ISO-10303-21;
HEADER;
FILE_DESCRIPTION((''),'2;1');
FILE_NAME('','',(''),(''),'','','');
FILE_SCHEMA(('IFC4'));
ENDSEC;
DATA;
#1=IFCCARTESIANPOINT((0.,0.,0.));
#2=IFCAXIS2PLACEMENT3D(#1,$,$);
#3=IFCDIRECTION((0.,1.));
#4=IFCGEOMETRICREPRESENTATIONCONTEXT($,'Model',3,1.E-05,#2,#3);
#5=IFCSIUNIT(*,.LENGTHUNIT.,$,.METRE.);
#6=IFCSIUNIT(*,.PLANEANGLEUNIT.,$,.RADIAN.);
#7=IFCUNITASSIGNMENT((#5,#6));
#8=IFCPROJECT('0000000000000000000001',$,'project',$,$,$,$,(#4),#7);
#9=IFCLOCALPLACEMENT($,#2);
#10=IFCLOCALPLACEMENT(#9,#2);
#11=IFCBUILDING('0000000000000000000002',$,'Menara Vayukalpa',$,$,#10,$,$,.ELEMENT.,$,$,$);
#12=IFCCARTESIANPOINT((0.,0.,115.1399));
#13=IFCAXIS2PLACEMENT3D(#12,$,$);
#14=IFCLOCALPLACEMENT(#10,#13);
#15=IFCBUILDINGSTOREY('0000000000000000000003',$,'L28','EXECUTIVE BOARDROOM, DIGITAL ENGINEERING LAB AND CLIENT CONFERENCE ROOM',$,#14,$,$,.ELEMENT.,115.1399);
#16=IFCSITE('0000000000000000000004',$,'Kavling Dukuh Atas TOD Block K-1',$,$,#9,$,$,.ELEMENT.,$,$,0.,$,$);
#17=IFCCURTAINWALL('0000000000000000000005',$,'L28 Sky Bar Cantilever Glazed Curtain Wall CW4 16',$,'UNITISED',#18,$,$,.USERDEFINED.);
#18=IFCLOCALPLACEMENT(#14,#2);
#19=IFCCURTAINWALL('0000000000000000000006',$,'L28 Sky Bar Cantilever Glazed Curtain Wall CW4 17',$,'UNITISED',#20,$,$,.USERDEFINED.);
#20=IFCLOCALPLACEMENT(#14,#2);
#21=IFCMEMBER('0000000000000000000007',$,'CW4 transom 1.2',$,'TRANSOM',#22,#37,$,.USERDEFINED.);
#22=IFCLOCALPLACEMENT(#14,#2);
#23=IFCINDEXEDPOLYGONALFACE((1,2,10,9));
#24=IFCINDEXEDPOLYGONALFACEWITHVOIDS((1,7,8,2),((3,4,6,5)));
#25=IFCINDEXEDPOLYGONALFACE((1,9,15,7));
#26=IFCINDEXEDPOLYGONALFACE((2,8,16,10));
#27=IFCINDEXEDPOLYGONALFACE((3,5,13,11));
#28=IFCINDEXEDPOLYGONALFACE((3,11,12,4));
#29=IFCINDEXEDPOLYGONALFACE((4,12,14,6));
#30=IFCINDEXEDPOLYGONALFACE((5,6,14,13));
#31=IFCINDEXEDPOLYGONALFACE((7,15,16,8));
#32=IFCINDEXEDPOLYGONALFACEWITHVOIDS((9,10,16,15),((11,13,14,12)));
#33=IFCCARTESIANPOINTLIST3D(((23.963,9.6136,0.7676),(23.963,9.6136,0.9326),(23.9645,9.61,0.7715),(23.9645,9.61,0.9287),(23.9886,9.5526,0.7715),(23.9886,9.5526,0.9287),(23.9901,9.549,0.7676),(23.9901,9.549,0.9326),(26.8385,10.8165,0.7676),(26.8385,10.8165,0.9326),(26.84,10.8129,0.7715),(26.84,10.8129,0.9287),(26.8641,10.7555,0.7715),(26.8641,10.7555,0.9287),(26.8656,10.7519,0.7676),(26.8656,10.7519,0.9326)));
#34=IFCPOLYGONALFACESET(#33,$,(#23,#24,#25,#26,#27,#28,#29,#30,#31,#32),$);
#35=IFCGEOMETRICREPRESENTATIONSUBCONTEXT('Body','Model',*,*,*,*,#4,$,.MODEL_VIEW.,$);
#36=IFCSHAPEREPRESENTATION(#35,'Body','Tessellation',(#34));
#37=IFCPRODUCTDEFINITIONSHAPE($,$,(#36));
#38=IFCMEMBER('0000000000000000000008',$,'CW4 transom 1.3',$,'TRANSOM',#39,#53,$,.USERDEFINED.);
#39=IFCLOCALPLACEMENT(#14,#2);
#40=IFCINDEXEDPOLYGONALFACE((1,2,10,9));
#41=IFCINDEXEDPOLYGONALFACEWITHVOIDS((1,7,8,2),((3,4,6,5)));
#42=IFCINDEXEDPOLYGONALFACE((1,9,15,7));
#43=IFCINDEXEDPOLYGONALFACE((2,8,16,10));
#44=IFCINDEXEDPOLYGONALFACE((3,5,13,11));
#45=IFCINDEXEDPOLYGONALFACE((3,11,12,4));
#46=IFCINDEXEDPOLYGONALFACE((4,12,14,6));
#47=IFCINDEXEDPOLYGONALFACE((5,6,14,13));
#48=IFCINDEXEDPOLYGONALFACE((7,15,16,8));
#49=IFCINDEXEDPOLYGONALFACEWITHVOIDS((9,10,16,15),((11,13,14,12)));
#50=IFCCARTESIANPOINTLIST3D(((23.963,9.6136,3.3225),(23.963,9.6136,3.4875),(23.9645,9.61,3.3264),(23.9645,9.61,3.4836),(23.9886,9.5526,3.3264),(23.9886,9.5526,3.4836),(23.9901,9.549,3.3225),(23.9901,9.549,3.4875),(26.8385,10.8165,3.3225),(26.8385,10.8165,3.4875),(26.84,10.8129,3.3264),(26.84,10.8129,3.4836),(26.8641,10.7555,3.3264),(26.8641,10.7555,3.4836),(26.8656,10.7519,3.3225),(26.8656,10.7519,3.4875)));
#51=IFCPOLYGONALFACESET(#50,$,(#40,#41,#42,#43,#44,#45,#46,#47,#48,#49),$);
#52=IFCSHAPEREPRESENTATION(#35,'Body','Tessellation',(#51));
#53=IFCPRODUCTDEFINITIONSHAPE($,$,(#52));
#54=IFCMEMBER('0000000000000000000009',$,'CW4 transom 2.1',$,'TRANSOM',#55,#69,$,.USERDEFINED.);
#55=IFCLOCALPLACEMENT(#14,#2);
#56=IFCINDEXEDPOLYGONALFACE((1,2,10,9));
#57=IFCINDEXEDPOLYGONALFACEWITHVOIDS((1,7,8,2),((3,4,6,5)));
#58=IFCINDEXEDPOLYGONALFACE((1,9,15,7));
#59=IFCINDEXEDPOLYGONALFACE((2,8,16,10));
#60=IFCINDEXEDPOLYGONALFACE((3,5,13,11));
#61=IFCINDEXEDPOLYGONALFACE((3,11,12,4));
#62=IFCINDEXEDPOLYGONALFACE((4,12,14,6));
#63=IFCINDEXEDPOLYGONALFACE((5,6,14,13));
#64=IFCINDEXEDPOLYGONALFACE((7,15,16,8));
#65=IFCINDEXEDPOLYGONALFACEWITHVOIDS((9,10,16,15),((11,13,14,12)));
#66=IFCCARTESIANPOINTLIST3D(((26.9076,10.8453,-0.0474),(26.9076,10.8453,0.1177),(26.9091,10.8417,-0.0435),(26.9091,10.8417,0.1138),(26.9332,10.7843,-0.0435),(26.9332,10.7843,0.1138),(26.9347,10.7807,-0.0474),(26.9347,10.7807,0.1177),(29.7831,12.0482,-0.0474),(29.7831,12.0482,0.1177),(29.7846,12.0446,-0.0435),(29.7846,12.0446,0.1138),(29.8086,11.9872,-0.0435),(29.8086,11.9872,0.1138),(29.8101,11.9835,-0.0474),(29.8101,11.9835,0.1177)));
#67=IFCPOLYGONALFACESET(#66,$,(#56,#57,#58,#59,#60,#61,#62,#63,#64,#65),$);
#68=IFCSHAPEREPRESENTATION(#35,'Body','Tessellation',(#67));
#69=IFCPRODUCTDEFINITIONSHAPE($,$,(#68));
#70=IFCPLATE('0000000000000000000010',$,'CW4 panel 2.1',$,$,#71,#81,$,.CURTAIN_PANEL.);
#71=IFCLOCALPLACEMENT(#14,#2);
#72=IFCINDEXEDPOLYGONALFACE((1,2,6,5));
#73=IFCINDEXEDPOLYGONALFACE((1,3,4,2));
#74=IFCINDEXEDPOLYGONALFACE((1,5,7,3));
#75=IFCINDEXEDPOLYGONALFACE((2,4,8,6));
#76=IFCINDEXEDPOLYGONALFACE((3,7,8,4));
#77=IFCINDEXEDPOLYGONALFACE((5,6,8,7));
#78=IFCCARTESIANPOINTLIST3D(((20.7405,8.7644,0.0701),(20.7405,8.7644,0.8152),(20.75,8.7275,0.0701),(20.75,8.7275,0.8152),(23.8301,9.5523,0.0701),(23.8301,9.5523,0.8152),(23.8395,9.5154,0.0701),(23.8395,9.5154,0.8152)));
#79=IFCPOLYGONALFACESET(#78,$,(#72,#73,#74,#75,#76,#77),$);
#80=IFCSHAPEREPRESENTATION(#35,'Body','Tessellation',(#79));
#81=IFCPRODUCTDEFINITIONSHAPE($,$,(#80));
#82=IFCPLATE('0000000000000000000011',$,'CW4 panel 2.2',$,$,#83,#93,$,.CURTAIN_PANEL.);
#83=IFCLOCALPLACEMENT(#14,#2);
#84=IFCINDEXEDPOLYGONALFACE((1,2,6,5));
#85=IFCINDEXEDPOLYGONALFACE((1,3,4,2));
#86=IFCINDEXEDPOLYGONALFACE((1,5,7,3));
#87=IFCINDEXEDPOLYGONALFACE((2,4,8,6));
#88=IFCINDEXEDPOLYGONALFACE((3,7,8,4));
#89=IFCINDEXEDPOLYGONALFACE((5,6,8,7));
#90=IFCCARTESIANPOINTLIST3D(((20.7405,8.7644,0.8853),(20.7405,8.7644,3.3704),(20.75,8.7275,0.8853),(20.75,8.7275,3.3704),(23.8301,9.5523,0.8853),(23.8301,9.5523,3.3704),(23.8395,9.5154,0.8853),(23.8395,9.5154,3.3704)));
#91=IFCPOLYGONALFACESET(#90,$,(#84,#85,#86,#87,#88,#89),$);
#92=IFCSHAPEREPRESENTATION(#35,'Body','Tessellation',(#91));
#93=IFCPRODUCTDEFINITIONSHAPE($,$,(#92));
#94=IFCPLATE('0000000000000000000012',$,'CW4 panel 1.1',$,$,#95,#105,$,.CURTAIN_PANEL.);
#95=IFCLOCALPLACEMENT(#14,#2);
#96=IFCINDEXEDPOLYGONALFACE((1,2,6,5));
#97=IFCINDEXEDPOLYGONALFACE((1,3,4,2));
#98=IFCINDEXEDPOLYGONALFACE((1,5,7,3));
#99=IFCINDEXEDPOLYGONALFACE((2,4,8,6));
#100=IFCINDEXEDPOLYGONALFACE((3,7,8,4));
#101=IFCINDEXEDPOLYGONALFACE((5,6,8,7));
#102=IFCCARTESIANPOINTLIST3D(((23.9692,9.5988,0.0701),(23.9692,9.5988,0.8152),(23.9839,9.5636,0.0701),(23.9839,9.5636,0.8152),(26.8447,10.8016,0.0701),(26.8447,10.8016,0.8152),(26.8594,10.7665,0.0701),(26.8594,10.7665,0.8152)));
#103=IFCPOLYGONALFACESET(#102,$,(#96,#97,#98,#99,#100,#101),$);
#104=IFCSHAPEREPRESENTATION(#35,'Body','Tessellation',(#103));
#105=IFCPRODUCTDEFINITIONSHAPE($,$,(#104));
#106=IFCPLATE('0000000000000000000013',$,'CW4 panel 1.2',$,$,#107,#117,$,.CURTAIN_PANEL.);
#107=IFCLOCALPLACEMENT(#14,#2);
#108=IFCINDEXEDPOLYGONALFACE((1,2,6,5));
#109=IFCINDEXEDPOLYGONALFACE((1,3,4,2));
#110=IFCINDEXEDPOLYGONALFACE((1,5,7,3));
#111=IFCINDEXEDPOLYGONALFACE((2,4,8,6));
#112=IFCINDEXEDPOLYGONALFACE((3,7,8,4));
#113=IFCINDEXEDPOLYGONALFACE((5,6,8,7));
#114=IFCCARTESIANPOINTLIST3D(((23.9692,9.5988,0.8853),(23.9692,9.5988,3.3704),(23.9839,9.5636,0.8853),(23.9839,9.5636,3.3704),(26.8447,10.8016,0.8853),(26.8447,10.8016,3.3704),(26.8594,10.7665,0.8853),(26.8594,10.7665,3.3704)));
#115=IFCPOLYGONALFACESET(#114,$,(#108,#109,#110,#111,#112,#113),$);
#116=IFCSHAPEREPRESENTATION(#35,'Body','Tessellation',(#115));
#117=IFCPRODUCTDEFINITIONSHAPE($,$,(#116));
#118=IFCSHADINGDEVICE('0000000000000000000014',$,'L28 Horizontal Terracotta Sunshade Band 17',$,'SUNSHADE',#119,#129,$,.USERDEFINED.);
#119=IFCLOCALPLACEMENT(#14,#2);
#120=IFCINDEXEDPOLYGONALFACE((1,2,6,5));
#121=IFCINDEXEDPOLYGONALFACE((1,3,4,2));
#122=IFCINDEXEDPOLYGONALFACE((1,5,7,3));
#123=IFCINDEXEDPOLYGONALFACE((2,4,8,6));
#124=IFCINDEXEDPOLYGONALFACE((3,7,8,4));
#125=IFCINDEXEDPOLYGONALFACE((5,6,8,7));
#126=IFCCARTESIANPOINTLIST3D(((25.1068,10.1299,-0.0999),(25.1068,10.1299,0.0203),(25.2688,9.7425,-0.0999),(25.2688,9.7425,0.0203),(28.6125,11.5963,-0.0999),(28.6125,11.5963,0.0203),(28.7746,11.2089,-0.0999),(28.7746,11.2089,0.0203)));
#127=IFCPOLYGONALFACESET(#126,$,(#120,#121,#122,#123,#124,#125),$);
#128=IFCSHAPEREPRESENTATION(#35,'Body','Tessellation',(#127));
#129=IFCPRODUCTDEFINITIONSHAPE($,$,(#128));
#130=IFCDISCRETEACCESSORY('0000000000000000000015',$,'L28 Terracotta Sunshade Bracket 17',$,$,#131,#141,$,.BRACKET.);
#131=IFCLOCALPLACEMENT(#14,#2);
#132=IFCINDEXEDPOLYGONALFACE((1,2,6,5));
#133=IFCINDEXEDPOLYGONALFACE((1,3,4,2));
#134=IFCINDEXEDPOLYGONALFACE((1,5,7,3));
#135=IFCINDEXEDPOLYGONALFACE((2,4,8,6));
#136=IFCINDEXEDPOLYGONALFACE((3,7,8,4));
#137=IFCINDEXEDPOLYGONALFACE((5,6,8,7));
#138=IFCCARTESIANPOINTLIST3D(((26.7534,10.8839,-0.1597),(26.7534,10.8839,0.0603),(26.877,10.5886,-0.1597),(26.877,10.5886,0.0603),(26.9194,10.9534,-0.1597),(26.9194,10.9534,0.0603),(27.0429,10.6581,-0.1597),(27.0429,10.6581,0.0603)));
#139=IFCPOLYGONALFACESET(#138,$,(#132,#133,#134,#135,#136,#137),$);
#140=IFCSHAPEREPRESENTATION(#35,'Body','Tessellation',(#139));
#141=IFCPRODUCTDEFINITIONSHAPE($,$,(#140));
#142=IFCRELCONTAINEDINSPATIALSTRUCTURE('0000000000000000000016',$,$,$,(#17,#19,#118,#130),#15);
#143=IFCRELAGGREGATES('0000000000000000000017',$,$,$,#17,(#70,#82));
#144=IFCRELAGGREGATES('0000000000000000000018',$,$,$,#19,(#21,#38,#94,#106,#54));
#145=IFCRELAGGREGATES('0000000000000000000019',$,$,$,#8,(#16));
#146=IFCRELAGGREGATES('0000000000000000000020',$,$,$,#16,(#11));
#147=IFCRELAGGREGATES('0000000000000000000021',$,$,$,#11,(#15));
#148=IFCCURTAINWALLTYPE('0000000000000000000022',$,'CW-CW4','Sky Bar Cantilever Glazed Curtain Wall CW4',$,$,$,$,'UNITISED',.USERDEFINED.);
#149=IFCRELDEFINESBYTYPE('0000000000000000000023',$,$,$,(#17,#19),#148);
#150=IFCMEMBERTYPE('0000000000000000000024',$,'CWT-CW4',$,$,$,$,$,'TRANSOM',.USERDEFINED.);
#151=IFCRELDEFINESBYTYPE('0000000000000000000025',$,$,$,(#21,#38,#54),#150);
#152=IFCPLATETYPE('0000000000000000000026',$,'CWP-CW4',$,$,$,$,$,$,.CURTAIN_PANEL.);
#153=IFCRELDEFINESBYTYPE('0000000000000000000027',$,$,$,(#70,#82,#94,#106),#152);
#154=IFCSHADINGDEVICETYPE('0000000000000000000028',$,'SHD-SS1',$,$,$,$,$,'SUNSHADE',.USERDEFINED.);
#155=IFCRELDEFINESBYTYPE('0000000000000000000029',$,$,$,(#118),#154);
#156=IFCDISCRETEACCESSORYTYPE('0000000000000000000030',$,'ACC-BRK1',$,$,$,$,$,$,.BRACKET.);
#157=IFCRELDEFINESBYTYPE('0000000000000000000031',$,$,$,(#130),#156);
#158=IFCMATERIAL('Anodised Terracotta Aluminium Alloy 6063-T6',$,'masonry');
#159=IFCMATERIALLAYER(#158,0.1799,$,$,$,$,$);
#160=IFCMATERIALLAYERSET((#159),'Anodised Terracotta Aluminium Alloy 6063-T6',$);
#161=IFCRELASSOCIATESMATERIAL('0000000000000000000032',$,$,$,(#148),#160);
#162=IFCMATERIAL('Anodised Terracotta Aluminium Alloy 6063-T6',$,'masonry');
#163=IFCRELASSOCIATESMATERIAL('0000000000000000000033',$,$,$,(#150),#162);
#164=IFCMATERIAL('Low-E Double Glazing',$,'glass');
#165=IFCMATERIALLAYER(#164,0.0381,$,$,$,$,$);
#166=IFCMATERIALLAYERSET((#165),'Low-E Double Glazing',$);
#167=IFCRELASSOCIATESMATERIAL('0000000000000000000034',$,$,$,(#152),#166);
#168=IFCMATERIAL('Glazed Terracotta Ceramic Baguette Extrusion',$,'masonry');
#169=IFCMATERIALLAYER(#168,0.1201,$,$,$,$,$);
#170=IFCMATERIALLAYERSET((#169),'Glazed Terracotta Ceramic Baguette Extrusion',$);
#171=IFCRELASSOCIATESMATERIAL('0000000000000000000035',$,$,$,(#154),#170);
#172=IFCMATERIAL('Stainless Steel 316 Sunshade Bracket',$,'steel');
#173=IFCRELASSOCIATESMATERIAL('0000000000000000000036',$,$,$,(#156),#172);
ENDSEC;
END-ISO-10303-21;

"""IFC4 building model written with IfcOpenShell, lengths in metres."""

from ifc_helpers import new_model, si_unit, direction, frame, origin, origin_2d, place, context, subcontext, project, spatial, rectangle, hollow_rectangle, extrude, material, layer, layer_set, material_profile, profile_set, type_object, element, aggregate, save


model = new_model("IFC4")

# Units and contexts
model_context = context("Model", 3, precision=1e-05, world=origin(), true_north=direction((0.0, 1.0)))
body_context = subcontext(model_context, "Body", "Model", "MODEL_VIEW")
ifc_project = project(units=[si_unit("LENGTHUNIT", "METRE"), si_unit("PLANEANGLEUNIT", "RADIAN")], contexts=[model_context])

# Site, building, storey
site_placement = place(None, origin())
site = spatial("IfcSite", under=ifc_project, at=site_placement, Name="Kavling Dukuh Atas TOD Block K-1", CompositionType="ELEMENT", RefElevation=0.0)
building_placement = place(site_placement, origin())
building = spatial("IfcBuilding", under=site, at=building_placement, Name="Menara Vayukalpa", CompositionType="ELEMENT")
storey_placement = place(building_placement, frame((0.0, 0.0, 115.1399)))
storey = spatial("IfcBuildingStorey", under=building, at=storey_placement, Name="L28", Description="EXECUTIVE BOARDROOM, DIGITAL ENGINEERING LAB AND CLIENT CONFERENCE ROOM", CompositionType="ELEMENT", Elevation=115.1399)

# Curtain walls
ifc_material_1 = material(Name="Anodised Terracotta Aluminium Alloy 6063-T6", Category="masonry")
ifc_layer_1 = layer(ifc_material_1, 0.1799)
ifc_layer_set_1 = layer_set([ifc_layer_1], Name="Anodised Terracotta Aluminium Alloy 6063-T6")
curtain_wall_type = type_object("IfcCurtainWallType", Name="CW-CW4", Description="Sky Bar Cantilever Glazed Curtain Wall CW4", ElementType="UNITISED", PredefinedType="USERDEFINED", material=ifc_layer_set_1)
curtain_wall_1_placement = place(storey_placement, origin())
curtain_wall_1 = element("IfcCurtainWall", 1, at=curtain_wall_1_placement, inside=storey, type_object=curtain_wall_type, Name="L28 Sky Bar Cantilever Glazed Curtain Wall CW4 16", ObjectType="UNITISED", PredefinedType="USERDEFINED")
curtain_wall_2_placement = place(storey_placement, origin())
curtain_wall_2 = element("IfcCurtainWall", 2, at=curtain_wall_2_placement, inside=storey, type_object=curtain_wall_type, Name="L28 Sky Bar Cantilever Glazed Curtain Wall CW4 17", ObjectType="UNITISED", PredefinedType="USERDEFINED")

# Members
ifc_material_2 = material(Name="Anodised Terracotta Aluminium Alloy 6063-T6", Category="masonry")
ifc_material_profile_1 = material_profile(ifc_material_2, hollow_rectangle(XDim=0.0701, YDim=0.165, WallThickness=0.0039, at=origin_2d()), Name="ALU 70x165x4")
ifc_profile_set_1 = profile_set([ifc_material_profile_1], Name="Anodised Terracotta Aluminium Alloy 6063-T6")
member_type_1 = type_object("IfcMemberType", Name="CWT-CW4", ElementType="TRANSOM", PredefinedType="USERDEFINED", material=ifc_profile_set_1)
member_1_placement = place(storey_placement, frame((23.9766, 9.5813, 0.8501), z_axis=(0.922534, 0.385916, 0.0), x_axis=(-0.385916, 0.922534, 0.0)))
member_1 = element("IfcMember", 3, at=member_1_placement, type_object=member_type_1, Name="CW4 transom 1.2", ObjectType="TRANSOM", PredefinedType="USERDEFINED", context=body_context, shape_type="SweptSolid", body=[
    extrude(hollow_rectangle(XDim=0.0701, YDim=0.165, WallThickness=0.0039, at=origin_2d()), origin(), (0.0, 0.0, 1.0), 3.1169),
])
member_2_placement = place(storey_placement, frame((23.9766, 9.5813, 3.405), z_axis=(0.922534, 0.385916, 0.0), x_axis=(-0.385916, 0.922534, 0.0)))
member_2 = element("IfcMember", 4, at=member_2_placement, type_object=member_type_1, Name="CW4 transom 1.3", ObjectType="TRANSOM", PredefinedType="USERDEFINED", context=body_context, shape_type="SweptSolid", body=[
    extrude(hollow_rectangle(XDim=0.0701, YDim=0.165, WallThickness=0.0039, at=origin_2d()), origin(), (0.0, 0.0, 1.0), 3.1169),
])
member_3_placement = place(storey_placement, frame((26.9211, 10.813, 0.0352), z_axis=(0.922534, 0.385916, 0.0), x_axis=(-0.385916, 0.922534, 0.0)))
member_3 = element("IfcMember", 5, at=member_3_placement, type_object=member_type_1, Name="CW4 transom 2.1", ObjectType="TRANSOM", PredefinedType="USERDEFINED", context=body_context, shape_type="SweptSolid", body=[
    extrude(hollow_rectangle(XDim=0.0701, YDim=0.165, WallThickness=0.0039, at=origin_2d()), origin(), (0.0, 0.0, 1.0), 3.1169),
])

# Plates
ifc_material_3 = material(Name="Low-E Double Glazing", Category="glass")
ifc_layer_2 = layer(ifc_material_3, 0.0381)
ifc_layer_set_2 = layer_set([ifc_layer_2], Name="Low-E Double Glazing")
plate_type = type_object("IfcPlateType", Name="CWP-CW4", PredefinedType="CURTAIN_PANEL", material=ifc_layer_set_2)
plate_1_placement = place(storey_placement, frame((22.29, 9.1399, 0.0701), z_axis=(0.0, 0.0, 1.0), x_axis=(0.968982, 0.247131, 0.0)))
plate_1 = element("IfcPlate", 6, at=plate_1_placement, type_object=plate_type, Name="CW4 panel 2.1", PredefinedType="CURTAIN_PANEL", context=body_context, shape_type="SweptSolid", body=[
    extrude(rectangle(XDim=3.1885, YDim=0.0381, at=origin_2d()), origin(), (0.0, 0.0, 1.0), 0.7451),
])
plate_2_placement = place(storey_placement, frame((22.29, 9.1399, 0.8853), z_axis=(0.0, 0.0, 1.0), x_axis=(0.968982, 0.247131, 0.0)))
plate_2 = element("IfcPlate", 7, at=plate_2_placement, type_object=plate_type, Name="CW4 panel 2.2", PredefinedType="CURTAIN_PANEL", context=body_context, shape_type="SweptSolid", body=[
    extrude(rectangle(XDim=3.1885, YDim=0.0381, at=origin_2d()), origin(), (0.0, 0.0, 1.0), 2.4851),
])
aggregate(curtain_wall_1, [plate_1, plate_2])
plate_3_placement = place(storey_placement, frame((25.4143, 10.1826, 0.0701), z_axis=(0.0, 0.0, 1.0), x_axis=(0.922543, 0.385894, 0.0)))
plate_3 = element("IfcPlate", 8, at=plate_3_placement, type_object=plate_type, Name="CW4 panel 1.1", PredefinedType="CURTAIN_PANEL", context=body_context, shape_type="SweptSolid", body=[
    extrude(rectangle(XDim=3.1169, YDim=0.0381, at=origin_2d()), origin(), (0.0, 0.0, 1.0), 0.7451),
])
plate_4_placement = place(storey_placement, frame((25.4143, 10.1826, 0.8853), z_axis=(0.0, 0.0, 1.0), x_axis=(0.922543, 0.385894, 0.0)))
plate_4 = element("IfcPlate", 9, at=plate_4_placement, type_object=plate_type, Name="CW4 panel 1.2", PredefinedType="CURTAIN_PANEL", context=body_context, shape_type="SweptSolid", body=[
    extrude(rectangle(XDim=3.1169, YDim=0.0381, at=origin_2d()), origin(), (0.0, 0.0, 1.0), 2.4851),
])
aggregate(curtain_wall_2, [member_1, member_2, plate_3, plate_4, member_3])

# Shading device
ifc_material_4 = material(Name="Glazed Terracotta Ceramic Baguette Extrusion", Category="masonry")
ifc_layer_3 = layer(ifc_material_4, 0.1201)
ifc_layer_set_3 = layer_set([ifc_layer_3], Name="Glazed Terracotta Ceramic Baguette Extrusion")
shading_device_type = type_object("IfcShadingDeviceType", Name="SHD-SS1", ElementType="SUNSHADE", PredefinedType="USERDEFINED", material=ifc_layer_set_3)
shading_device_placement = place(storey_placement, frame((26.9407, 10.6694, -0.0999), z_axis=(0.0, 0.0, 1.0), x_axis=(0.922545, 0.38589, 0.0)))
element("IfcShadingDevice", 10, at=shading_device_placement, inside=storey, type_object=shading_device_type, Name="L28 Horizontal Terracotta Sunshade Band 17", ObjectType="SUNSHADE", PredefinedType="USERDEFINED", context=body_context, shape_type="SweptSolid", body=[
    extrude(rectangle(XDim=3.8, YDim=0.4199, at=origin_2d()), origin(), (0.0, 0.0, 1.0), 0.1201),
])

# Discrete accessory
ifc_material_5 = material(Name="Stainless Steel 316 Sunshade Bracket", Category="steel")
discrete_accessory_type = type_object("IfcDiscreteAccessoryType", Name="ACC-BRK1", PredefinedType="BRACKET", material=ifc_material_5)
discrete_accessory_placement = place(storey_placement, frame((26.8982, 10.771, -0.1597), z_axis=(0.0, 0.0, 1.0), x_axis=(0.922545, 0.38589, 0.0)))
element("IfcDiscreteAccessory", 11, at=discrete_accessory_placement, inside=storey, type_object=discrete_accessory_type, Name="L28 Terracotta Sunshade Bracket 17", PredefinedType="BRACKET", context=body_context, shape_type="SweptSolid", body=[
    extrude(rectangle(XDim=0.1799, YDim=0.3201, at=origin_2d()), origin(), (0.0, 0.0, 1.0), 0.22),
])

save(model, "model.ifc")
